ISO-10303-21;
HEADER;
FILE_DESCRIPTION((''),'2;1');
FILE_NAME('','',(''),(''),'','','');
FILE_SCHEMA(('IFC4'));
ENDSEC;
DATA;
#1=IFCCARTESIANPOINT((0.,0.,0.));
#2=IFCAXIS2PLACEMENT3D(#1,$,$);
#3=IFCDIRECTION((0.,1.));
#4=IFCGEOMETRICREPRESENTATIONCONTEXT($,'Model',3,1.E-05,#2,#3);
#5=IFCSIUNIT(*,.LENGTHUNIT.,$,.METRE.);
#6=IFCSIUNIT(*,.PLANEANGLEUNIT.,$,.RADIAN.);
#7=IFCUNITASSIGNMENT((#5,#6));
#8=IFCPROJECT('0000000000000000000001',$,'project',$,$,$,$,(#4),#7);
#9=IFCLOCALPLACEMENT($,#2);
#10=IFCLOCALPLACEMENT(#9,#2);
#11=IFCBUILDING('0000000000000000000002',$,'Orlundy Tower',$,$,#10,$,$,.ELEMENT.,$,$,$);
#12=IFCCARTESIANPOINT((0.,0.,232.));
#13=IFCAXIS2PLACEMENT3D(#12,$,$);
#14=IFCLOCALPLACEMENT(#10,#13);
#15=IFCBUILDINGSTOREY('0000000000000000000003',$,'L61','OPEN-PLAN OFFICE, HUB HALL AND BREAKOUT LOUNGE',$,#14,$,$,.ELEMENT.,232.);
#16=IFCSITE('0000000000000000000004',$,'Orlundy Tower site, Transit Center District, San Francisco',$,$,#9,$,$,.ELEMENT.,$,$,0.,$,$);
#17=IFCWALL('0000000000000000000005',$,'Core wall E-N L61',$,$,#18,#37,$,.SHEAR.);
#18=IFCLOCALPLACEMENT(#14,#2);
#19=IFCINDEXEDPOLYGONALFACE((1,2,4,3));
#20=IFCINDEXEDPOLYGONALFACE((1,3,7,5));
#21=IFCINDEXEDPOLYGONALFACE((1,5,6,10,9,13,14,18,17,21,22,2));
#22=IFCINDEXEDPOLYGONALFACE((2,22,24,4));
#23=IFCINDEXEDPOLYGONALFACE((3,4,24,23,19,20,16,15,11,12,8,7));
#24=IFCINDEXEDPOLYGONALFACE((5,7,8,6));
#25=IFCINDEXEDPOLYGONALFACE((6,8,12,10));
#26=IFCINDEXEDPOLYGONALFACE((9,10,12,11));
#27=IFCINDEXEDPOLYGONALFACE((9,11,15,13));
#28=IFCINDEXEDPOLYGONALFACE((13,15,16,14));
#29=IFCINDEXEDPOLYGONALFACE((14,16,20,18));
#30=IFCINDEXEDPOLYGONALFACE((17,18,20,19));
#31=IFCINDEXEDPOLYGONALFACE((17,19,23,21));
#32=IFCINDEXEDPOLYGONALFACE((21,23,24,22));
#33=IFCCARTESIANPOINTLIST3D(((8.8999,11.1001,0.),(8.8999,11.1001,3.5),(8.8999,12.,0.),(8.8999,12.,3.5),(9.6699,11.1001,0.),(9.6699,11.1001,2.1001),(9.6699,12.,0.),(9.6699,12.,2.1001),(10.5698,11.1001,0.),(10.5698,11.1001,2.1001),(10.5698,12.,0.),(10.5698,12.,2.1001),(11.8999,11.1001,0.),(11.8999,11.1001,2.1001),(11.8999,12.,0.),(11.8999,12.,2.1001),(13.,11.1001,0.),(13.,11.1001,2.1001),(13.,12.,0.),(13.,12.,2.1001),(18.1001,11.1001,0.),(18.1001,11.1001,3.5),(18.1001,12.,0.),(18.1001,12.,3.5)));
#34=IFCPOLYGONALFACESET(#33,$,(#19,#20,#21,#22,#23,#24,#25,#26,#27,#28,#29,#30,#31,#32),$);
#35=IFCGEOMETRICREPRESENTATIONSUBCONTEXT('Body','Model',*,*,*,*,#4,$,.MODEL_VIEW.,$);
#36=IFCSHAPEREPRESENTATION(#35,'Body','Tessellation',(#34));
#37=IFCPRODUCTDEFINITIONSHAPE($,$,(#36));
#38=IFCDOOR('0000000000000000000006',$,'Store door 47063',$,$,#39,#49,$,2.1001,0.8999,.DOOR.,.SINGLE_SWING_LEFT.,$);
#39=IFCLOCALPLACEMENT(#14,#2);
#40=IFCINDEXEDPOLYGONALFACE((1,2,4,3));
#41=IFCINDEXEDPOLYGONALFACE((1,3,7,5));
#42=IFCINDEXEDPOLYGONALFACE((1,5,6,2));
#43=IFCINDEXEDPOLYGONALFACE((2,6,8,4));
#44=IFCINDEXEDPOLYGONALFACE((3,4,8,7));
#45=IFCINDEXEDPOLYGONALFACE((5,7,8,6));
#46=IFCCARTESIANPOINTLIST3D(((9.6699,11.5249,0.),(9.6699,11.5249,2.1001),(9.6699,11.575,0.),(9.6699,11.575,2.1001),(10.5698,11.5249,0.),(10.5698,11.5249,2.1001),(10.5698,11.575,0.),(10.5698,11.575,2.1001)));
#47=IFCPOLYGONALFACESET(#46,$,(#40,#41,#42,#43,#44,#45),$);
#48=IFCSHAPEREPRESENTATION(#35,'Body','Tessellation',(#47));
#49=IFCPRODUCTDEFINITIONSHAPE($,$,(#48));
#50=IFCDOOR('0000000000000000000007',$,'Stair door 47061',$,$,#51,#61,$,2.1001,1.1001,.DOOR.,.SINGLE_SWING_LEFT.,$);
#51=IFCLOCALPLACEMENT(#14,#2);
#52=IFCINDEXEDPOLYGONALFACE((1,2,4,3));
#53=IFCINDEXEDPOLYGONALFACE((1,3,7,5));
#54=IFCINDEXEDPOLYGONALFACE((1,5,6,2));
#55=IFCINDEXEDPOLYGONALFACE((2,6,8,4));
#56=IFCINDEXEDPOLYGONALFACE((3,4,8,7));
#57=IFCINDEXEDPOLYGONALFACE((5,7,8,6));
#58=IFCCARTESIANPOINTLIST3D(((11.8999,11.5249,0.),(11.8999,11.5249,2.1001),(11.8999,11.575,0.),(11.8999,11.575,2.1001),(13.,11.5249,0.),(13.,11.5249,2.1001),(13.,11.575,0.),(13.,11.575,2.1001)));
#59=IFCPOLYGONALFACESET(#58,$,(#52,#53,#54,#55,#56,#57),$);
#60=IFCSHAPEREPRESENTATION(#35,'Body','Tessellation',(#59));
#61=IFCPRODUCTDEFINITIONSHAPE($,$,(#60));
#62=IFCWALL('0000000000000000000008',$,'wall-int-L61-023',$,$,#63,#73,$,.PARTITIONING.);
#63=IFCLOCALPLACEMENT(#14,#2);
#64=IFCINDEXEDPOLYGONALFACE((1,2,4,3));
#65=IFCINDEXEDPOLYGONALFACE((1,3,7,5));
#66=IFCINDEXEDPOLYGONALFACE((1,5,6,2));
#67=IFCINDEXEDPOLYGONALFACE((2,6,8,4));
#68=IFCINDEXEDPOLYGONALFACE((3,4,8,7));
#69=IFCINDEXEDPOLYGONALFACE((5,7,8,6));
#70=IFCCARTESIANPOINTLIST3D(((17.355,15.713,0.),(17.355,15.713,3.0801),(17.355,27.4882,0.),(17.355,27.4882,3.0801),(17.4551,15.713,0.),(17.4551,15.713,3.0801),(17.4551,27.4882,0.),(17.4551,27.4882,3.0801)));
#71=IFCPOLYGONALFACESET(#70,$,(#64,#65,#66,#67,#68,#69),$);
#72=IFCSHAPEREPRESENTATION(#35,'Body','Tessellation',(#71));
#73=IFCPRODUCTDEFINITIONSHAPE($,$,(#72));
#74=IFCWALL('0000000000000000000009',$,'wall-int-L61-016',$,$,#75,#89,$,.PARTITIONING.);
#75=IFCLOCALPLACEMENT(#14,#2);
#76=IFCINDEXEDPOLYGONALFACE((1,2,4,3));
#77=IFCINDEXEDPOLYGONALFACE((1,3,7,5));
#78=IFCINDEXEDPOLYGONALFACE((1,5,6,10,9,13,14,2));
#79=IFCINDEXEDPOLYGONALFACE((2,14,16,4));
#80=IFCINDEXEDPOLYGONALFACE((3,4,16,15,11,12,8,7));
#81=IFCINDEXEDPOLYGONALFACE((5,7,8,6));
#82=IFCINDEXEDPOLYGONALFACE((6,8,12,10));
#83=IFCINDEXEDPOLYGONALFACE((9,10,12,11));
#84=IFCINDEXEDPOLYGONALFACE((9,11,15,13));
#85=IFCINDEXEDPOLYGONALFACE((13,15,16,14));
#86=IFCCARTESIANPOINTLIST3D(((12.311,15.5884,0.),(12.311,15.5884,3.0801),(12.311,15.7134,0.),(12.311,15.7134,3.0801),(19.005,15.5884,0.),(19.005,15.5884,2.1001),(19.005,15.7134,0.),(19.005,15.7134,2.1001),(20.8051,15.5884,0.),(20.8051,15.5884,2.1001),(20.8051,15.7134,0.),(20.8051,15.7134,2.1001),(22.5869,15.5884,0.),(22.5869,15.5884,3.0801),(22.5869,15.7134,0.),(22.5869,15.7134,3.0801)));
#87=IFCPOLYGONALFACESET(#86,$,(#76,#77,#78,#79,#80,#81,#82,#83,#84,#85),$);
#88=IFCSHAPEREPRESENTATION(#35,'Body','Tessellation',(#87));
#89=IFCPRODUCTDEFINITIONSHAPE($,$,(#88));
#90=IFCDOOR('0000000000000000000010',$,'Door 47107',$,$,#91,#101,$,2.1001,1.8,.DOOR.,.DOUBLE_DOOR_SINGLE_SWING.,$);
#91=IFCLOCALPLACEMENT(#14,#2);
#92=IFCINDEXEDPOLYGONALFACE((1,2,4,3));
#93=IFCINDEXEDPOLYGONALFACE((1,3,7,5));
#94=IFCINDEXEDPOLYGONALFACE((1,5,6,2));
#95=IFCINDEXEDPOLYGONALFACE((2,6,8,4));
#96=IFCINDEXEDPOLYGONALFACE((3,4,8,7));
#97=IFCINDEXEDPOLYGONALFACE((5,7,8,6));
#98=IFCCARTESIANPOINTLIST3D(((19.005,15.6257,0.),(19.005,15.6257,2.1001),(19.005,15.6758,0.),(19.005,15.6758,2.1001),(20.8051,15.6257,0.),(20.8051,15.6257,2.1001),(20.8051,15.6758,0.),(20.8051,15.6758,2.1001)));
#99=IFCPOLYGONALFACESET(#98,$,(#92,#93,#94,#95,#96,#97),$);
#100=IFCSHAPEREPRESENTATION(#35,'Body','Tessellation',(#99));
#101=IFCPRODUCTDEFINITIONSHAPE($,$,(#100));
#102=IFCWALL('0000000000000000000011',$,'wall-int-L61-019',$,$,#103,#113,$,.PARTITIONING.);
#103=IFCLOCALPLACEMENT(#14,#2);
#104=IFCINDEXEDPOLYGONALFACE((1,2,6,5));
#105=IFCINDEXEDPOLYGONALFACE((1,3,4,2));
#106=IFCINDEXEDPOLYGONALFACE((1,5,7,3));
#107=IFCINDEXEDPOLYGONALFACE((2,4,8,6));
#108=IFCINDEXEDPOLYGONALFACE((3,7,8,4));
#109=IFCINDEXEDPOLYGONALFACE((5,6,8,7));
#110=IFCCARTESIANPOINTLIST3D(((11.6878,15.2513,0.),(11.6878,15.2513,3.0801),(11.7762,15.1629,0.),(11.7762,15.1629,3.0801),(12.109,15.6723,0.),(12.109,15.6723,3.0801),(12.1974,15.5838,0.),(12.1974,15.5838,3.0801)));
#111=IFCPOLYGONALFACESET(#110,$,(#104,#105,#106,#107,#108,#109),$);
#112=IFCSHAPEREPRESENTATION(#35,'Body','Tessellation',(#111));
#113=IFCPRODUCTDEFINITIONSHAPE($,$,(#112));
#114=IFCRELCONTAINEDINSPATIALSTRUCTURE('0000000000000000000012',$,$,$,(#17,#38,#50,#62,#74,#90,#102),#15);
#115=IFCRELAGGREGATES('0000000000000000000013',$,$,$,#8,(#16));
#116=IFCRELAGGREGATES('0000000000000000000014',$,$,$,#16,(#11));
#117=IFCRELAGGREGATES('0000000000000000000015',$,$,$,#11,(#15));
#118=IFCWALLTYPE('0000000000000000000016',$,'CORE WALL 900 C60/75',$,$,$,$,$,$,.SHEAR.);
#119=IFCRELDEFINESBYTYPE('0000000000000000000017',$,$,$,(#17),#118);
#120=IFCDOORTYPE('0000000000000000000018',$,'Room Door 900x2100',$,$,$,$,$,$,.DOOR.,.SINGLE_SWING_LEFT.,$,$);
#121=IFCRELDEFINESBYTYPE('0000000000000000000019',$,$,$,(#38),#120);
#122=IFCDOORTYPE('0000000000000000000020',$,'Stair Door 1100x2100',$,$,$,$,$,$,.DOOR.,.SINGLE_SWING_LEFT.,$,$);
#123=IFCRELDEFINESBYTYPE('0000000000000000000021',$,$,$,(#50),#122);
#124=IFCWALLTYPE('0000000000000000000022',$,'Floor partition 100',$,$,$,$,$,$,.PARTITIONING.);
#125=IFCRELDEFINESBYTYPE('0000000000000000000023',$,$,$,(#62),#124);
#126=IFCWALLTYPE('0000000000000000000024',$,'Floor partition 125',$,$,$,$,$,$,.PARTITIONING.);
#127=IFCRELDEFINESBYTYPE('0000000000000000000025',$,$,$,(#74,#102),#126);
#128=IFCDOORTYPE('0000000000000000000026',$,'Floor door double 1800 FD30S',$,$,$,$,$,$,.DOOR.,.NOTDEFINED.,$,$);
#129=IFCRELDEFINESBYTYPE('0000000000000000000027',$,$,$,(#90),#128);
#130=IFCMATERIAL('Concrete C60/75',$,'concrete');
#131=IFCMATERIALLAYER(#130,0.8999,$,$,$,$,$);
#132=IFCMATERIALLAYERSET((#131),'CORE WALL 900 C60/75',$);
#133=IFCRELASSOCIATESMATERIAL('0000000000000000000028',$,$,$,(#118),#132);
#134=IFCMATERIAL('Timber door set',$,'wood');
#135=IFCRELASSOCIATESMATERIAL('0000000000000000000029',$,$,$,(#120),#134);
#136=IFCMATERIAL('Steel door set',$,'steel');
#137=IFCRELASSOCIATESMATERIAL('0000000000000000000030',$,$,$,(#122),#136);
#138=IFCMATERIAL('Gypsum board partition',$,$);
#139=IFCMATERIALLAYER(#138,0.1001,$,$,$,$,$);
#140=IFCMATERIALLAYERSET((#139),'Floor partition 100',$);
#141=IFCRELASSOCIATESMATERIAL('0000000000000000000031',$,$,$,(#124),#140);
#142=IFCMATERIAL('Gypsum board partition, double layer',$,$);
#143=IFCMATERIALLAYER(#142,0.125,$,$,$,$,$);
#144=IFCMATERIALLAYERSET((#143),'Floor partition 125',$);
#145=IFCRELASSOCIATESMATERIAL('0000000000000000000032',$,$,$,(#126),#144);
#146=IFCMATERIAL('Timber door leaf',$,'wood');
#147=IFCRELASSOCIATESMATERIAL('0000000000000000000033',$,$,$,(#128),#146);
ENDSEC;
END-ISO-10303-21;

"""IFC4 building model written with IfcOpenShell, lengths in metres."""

from ifc_helpers import new_model, si_unit, direction, frame, frame_2d, origin, place, context, subcontext, project, spatial, rectangle, extrude, material, layer, layer_set, type_object, element, fill, save


model = new_model("IFC4")

# Units and contexts
model_context = context("Model", 3, precision=1e-05, world=origin(), true_north=direction((0.0, 1.0)))
body_context = subcontext(model_context, "Body", "Model", "MODEL_VIEW")
ifc_project = project(units=[si_unit("LENGTHUNIT", "METRE"), si_unit("PLANEANGLEUNIT", "RADIAN")], contexts=[model_context])

# Site, building, storey
site_placement = place(None, origin())
site = spatial("IfcSite", under=ifc_project, at=site_placement, Name="Orlundy Tower site, Transit Center District, San Francisco", CompositionType="ELEMENT", RefElevation=0.0)
building_placement = place(site_placement, origin())
building = spatial("IfcBuilding", under=site, at=building_placement, Name="Orlundy Tower", CompositionType="ELEMENT")
storey_placement = place(building_placement, frame((0.0, 0.0, 232.0)))
storey = spatial("IfcBuildingStorey", under=building, at=storey_placement, Name="L61", Description="OPEN-PLAN OFFICE, HUB HALL AND BREAKOUT LOUNGE", CompositionType="ELEMENT", Elevation=232.0)

# Wall, openings, doors
ifc_material_1 = material(Name="Concrete C60/75", Category="concrete")
ifc_layer_1 = layer(ifc_material_1, 0.8999)
ifc_layer_set_1 = layer_set([ifc_layer_1], Name="CORE WALL 900 C60/75")
wall_type_1 = type_object("IfcWallType", Name="CORE WALL 900 C60/75", PredefinedType="SHEAR", material=ifc_layer_set_1)
wall_1_placement = place(storey_placement, frame((8.8999, 11.55, 0.0), z_axis=(0.0, 0.0, 1.0), x_axis=(1.0, 0.0, 0.0)))
wall_1 = element("IfcWall", 1, at=wall_1_placement, inside=storey, type_object=wall_type_1, Name="Core wall E-N L61", PredefinedType="SHEAR", context=body_context, shape_type="SweptSolid", body=[
    extrude(rectangle(XDim=9.2002, YDim=0.8999, at=frame_2d((4.6001, 0.0))), origin(), (0.0, 0.0, 1.0), 3.5),
])
opening_1_placement = place(wall_1_placement, frame((3.0, 0.0, 0.0)))
opening_1 = element("IfcOpeningElement", 2, at=opening_1_placement, cuts=wall_1, PredefinedType="OPENING", context=body_context, shape_type="SweptSolid", body=[
    extrude(rectangle(XDim=1.1001, YDim=2.1001, at=frame_2d((0.55, 1.05))), frame((0.0, 0.46, 0.0), z_axis=(0.0, -1.0, 0.0), x_axis=(1.0, 0.0, 0.0)), (0.0, 0.0, 1.0), 0.9199),
])
opening_2_placement = place(wall_1_placement, frame((0.77, 0.0, 0.0)))
opening_2 = element("IfcOpeningElement", 3, at=opening_2_placement, cuts=wall_1, PredefinedType="OPENING", context=body_context, shape_type="SweptSolid", body=[
    extrude(rectangle(XDim=0.8999, YDim=2.1001, at=frame_2d((0.45, 1.05))), frame((0.0, 0.46, 0.0), z_axis=(0.0, -1.0, 0.0), x_axis=(1.0, 0.0, 0.0)), (0.0, 0.0, 1.0), 0.9199),
])
ifc_material_2 = material(Name="Timber door set", Category="wood")
door_type_1 = type_object("IfcDoorType", Name="Room Door 900x2100", OperationType="SINGLE_SWING_LEFT", PredefinedType="DOOR", material=ifc_material_2)
door_1_placement = place(opening_2_placement, origin())
door_1 = element("IfcDoor", 4, at=door_1_placement, inside=storey, type_object=door_type_1, Name="Store door 47063", OperationType="SINGLE_SWING_LEFT", OverallHeight=2.1001, OverallWidth=0.8999, PredefinedType="DOOR", context=body_context, shape_type="SweptSolid", body=[
    extrude(rectangle(XDim=0.8999, YDim=2.1001, at=frame_2d((0.45, 1.05))), frame((0.0, 0.0249, 0.0), z_axis=(0.0, -1.0, 0.0), x_axis=(1.0, 0.0, 0.0)), (0.0, 0.0, 1.0), 0.05),
])
fill(opening_2, door_1)
ifc_material_3 = material(Name="Steel door set", Category="steel")
door_type_2 = type_object("IfcDoorType", Name="Stair Door 1100x2100", OperationType="SINGLE_SWING_LEFT", PredefinedType="DOOR", material=ifc_material_3)
door_2_placement = place(opening_1_placement, origin())
door_2 = element("IfcDoor", 5, at=door_2_placement, inside=storey, type_object=door_type_2, Name="Stair door 47061", OperationType="SINGLE_SWING_LEFT", OverallHeight=2.1001, OverallWidth=1.1001, PredefinedType="DOOR", context=body_context, shape_type="SweptSolid", body=[
    extrude(rectangle(XDim=1.1001, YDim=2.1001, at=frame_2d((0.55, 1.05))), frame((0.0, 0.0249, 0.0), z_axis=(0.0, -1.0, 0.0), x_axis=(1.0, 0.0, 0.0)), (0.0, 0.0, 1.0), 0.05),
])
fill(opening_1, door_2)

# Wall
ifc_material_4 = material(Name="Gypsum board partition")
ifc_layer_2 = layer(ifc_material_4, 0.1001)
ifc_layer_set_2 = layer_set([ifc_layer_2], Name="Floor partition 100")
wall_type_2 = type_object("IfcWallType", Name="Floor partition 100", PredefinedType="PARTITIONING", material=ifc_layer_set_2)
wall_2_placement = place(storey_placement, frame((17.405, 15.7129, 0.0), z_axis=(0.0, 0.0, 1.0), x_axis=(0.0, 1.0, 0.0)))
element("IfcWall", 6, at=wall_2_placement, inside=storey, type_object=wall_type_2, Name="wall-int-L61-023", PredefinedType="PARTITIONING", context=body_context, shape_type="SweptSolid", body=[
    extrude(rectangle(XDim=11.7751, YDim=0.1001, at=frame_2d((5.8877, 0.0))), origin(), (0.0, 0.0, 1.0), 3.0801),
])

# Wall, opening, door
ifc_material_5 = material(Name="Gypsum board partition, double layer")
ifc_layer_3 = layer(ifc_material_5, 0.125)
ifc_layer_set_3 = layer_set([ifc_layer_3], Name="Floor partition 125")
wall_type_3 = type_object("IfcWallType", Name="Floor partition 125", PredefinedType="PARTITIONING", material=ifc_layer_set_3)
wall_3_placement = place(storey_placement, frame((12.311, 15.6509, 0.0), z_axis=(0.0, 0.0, 1.0), x_axis=(1.0, 0.0, 0.0)))
wall_3 = element("IfcWall", 7, at=wall_3_placement, inside=storey, type_object=wall_type_3, Name="wall-int-L61-016", PredefinedType="PARTITIONING", context=body_context, shape_type="SweptSolid", body=[
    extrude(rectangle(XDim=10.2759, YDim=0.125, at=frame_2d((5.1379, 0.0))), origin(), (0.0, 0.0, 1.0), 3.0801),
])
opening_3_placement = place(wall_3_placement, frame((6.6941, 0.0, 0.0)))
opening_3 = element("IfcOpeningElement", 8, at=opening_3_placement, cuts=wall_3, PredefinedType="OPENING", context=body_context, shape_type="SweptSolid", body=[
    extrude(rectangle(XDim=1.8, YDim=2.1001, at=frame_2d((0.8999, 1.05))), frame((0.0, 0.0725, 0.0), z_axis=(0.0, -1.0, 0.0), x_axis=(1.0, 0.0, 0.0)), (0.0, 0.0, 1.0), 0.145),
])
ifc_material_6 = material(Name="Timber door leaf", Category="wood")
door_type_3 = type_object("IfcDoorType", Name="Floor door double 1800 FD30S", OperationType="NOTDEFINED", PredefinedType="DOOR", material=ifc_material_6)
door_3_placement = place(opening_3_placement, origin())
door_3 = element("IfcDoor", 9, at=door_3_placement, inside=storey, type_object=door_type_3, Name="Door 47107", OperationType="DOUBLE_DOOR_SINGLE_SWING", OverallHeight=2.1001, OverallWidth=1.8, PredefinedType="DOOR", context=body_context, shape_type="SweptSolid", body=[
    extrude(rectangle(XDim=1.8, YDim=2.1001, at=frame_2d((0.8999, 1.05))), frame((0.0, 0.0249, 0.0), z_axis=(0.0, -1.0, 0.0), x_axis=(1.0, 0.0, 0.0)), (0.0, 0.0, 1.0), 0.05),
])
fill(opening_3, door_3)

# Wall
wall_4_placement = place(storey_placement, frame((11.7319, 15.207, 0.0), z_axis=(0.0, 0.0, 1.0), x_axis=(0.707312, 0.706902, 0.0)))
element("IfcWall", 10, at=wall_4_placement, inside=storey, type_object=wall_type_3, Name="wall-int-L61-019", PredefinedType="PARTITIONING", context=body_context, shape_type="SweptSolid", body=[
    extrude(rectangle(XDim=0.5955, YDim=0.125, at=frame_2d((0.2979, 0.0))), origin(), (0.0, 0.0, 1.0), 3.0801),
])

save(model, "model.ifc")
